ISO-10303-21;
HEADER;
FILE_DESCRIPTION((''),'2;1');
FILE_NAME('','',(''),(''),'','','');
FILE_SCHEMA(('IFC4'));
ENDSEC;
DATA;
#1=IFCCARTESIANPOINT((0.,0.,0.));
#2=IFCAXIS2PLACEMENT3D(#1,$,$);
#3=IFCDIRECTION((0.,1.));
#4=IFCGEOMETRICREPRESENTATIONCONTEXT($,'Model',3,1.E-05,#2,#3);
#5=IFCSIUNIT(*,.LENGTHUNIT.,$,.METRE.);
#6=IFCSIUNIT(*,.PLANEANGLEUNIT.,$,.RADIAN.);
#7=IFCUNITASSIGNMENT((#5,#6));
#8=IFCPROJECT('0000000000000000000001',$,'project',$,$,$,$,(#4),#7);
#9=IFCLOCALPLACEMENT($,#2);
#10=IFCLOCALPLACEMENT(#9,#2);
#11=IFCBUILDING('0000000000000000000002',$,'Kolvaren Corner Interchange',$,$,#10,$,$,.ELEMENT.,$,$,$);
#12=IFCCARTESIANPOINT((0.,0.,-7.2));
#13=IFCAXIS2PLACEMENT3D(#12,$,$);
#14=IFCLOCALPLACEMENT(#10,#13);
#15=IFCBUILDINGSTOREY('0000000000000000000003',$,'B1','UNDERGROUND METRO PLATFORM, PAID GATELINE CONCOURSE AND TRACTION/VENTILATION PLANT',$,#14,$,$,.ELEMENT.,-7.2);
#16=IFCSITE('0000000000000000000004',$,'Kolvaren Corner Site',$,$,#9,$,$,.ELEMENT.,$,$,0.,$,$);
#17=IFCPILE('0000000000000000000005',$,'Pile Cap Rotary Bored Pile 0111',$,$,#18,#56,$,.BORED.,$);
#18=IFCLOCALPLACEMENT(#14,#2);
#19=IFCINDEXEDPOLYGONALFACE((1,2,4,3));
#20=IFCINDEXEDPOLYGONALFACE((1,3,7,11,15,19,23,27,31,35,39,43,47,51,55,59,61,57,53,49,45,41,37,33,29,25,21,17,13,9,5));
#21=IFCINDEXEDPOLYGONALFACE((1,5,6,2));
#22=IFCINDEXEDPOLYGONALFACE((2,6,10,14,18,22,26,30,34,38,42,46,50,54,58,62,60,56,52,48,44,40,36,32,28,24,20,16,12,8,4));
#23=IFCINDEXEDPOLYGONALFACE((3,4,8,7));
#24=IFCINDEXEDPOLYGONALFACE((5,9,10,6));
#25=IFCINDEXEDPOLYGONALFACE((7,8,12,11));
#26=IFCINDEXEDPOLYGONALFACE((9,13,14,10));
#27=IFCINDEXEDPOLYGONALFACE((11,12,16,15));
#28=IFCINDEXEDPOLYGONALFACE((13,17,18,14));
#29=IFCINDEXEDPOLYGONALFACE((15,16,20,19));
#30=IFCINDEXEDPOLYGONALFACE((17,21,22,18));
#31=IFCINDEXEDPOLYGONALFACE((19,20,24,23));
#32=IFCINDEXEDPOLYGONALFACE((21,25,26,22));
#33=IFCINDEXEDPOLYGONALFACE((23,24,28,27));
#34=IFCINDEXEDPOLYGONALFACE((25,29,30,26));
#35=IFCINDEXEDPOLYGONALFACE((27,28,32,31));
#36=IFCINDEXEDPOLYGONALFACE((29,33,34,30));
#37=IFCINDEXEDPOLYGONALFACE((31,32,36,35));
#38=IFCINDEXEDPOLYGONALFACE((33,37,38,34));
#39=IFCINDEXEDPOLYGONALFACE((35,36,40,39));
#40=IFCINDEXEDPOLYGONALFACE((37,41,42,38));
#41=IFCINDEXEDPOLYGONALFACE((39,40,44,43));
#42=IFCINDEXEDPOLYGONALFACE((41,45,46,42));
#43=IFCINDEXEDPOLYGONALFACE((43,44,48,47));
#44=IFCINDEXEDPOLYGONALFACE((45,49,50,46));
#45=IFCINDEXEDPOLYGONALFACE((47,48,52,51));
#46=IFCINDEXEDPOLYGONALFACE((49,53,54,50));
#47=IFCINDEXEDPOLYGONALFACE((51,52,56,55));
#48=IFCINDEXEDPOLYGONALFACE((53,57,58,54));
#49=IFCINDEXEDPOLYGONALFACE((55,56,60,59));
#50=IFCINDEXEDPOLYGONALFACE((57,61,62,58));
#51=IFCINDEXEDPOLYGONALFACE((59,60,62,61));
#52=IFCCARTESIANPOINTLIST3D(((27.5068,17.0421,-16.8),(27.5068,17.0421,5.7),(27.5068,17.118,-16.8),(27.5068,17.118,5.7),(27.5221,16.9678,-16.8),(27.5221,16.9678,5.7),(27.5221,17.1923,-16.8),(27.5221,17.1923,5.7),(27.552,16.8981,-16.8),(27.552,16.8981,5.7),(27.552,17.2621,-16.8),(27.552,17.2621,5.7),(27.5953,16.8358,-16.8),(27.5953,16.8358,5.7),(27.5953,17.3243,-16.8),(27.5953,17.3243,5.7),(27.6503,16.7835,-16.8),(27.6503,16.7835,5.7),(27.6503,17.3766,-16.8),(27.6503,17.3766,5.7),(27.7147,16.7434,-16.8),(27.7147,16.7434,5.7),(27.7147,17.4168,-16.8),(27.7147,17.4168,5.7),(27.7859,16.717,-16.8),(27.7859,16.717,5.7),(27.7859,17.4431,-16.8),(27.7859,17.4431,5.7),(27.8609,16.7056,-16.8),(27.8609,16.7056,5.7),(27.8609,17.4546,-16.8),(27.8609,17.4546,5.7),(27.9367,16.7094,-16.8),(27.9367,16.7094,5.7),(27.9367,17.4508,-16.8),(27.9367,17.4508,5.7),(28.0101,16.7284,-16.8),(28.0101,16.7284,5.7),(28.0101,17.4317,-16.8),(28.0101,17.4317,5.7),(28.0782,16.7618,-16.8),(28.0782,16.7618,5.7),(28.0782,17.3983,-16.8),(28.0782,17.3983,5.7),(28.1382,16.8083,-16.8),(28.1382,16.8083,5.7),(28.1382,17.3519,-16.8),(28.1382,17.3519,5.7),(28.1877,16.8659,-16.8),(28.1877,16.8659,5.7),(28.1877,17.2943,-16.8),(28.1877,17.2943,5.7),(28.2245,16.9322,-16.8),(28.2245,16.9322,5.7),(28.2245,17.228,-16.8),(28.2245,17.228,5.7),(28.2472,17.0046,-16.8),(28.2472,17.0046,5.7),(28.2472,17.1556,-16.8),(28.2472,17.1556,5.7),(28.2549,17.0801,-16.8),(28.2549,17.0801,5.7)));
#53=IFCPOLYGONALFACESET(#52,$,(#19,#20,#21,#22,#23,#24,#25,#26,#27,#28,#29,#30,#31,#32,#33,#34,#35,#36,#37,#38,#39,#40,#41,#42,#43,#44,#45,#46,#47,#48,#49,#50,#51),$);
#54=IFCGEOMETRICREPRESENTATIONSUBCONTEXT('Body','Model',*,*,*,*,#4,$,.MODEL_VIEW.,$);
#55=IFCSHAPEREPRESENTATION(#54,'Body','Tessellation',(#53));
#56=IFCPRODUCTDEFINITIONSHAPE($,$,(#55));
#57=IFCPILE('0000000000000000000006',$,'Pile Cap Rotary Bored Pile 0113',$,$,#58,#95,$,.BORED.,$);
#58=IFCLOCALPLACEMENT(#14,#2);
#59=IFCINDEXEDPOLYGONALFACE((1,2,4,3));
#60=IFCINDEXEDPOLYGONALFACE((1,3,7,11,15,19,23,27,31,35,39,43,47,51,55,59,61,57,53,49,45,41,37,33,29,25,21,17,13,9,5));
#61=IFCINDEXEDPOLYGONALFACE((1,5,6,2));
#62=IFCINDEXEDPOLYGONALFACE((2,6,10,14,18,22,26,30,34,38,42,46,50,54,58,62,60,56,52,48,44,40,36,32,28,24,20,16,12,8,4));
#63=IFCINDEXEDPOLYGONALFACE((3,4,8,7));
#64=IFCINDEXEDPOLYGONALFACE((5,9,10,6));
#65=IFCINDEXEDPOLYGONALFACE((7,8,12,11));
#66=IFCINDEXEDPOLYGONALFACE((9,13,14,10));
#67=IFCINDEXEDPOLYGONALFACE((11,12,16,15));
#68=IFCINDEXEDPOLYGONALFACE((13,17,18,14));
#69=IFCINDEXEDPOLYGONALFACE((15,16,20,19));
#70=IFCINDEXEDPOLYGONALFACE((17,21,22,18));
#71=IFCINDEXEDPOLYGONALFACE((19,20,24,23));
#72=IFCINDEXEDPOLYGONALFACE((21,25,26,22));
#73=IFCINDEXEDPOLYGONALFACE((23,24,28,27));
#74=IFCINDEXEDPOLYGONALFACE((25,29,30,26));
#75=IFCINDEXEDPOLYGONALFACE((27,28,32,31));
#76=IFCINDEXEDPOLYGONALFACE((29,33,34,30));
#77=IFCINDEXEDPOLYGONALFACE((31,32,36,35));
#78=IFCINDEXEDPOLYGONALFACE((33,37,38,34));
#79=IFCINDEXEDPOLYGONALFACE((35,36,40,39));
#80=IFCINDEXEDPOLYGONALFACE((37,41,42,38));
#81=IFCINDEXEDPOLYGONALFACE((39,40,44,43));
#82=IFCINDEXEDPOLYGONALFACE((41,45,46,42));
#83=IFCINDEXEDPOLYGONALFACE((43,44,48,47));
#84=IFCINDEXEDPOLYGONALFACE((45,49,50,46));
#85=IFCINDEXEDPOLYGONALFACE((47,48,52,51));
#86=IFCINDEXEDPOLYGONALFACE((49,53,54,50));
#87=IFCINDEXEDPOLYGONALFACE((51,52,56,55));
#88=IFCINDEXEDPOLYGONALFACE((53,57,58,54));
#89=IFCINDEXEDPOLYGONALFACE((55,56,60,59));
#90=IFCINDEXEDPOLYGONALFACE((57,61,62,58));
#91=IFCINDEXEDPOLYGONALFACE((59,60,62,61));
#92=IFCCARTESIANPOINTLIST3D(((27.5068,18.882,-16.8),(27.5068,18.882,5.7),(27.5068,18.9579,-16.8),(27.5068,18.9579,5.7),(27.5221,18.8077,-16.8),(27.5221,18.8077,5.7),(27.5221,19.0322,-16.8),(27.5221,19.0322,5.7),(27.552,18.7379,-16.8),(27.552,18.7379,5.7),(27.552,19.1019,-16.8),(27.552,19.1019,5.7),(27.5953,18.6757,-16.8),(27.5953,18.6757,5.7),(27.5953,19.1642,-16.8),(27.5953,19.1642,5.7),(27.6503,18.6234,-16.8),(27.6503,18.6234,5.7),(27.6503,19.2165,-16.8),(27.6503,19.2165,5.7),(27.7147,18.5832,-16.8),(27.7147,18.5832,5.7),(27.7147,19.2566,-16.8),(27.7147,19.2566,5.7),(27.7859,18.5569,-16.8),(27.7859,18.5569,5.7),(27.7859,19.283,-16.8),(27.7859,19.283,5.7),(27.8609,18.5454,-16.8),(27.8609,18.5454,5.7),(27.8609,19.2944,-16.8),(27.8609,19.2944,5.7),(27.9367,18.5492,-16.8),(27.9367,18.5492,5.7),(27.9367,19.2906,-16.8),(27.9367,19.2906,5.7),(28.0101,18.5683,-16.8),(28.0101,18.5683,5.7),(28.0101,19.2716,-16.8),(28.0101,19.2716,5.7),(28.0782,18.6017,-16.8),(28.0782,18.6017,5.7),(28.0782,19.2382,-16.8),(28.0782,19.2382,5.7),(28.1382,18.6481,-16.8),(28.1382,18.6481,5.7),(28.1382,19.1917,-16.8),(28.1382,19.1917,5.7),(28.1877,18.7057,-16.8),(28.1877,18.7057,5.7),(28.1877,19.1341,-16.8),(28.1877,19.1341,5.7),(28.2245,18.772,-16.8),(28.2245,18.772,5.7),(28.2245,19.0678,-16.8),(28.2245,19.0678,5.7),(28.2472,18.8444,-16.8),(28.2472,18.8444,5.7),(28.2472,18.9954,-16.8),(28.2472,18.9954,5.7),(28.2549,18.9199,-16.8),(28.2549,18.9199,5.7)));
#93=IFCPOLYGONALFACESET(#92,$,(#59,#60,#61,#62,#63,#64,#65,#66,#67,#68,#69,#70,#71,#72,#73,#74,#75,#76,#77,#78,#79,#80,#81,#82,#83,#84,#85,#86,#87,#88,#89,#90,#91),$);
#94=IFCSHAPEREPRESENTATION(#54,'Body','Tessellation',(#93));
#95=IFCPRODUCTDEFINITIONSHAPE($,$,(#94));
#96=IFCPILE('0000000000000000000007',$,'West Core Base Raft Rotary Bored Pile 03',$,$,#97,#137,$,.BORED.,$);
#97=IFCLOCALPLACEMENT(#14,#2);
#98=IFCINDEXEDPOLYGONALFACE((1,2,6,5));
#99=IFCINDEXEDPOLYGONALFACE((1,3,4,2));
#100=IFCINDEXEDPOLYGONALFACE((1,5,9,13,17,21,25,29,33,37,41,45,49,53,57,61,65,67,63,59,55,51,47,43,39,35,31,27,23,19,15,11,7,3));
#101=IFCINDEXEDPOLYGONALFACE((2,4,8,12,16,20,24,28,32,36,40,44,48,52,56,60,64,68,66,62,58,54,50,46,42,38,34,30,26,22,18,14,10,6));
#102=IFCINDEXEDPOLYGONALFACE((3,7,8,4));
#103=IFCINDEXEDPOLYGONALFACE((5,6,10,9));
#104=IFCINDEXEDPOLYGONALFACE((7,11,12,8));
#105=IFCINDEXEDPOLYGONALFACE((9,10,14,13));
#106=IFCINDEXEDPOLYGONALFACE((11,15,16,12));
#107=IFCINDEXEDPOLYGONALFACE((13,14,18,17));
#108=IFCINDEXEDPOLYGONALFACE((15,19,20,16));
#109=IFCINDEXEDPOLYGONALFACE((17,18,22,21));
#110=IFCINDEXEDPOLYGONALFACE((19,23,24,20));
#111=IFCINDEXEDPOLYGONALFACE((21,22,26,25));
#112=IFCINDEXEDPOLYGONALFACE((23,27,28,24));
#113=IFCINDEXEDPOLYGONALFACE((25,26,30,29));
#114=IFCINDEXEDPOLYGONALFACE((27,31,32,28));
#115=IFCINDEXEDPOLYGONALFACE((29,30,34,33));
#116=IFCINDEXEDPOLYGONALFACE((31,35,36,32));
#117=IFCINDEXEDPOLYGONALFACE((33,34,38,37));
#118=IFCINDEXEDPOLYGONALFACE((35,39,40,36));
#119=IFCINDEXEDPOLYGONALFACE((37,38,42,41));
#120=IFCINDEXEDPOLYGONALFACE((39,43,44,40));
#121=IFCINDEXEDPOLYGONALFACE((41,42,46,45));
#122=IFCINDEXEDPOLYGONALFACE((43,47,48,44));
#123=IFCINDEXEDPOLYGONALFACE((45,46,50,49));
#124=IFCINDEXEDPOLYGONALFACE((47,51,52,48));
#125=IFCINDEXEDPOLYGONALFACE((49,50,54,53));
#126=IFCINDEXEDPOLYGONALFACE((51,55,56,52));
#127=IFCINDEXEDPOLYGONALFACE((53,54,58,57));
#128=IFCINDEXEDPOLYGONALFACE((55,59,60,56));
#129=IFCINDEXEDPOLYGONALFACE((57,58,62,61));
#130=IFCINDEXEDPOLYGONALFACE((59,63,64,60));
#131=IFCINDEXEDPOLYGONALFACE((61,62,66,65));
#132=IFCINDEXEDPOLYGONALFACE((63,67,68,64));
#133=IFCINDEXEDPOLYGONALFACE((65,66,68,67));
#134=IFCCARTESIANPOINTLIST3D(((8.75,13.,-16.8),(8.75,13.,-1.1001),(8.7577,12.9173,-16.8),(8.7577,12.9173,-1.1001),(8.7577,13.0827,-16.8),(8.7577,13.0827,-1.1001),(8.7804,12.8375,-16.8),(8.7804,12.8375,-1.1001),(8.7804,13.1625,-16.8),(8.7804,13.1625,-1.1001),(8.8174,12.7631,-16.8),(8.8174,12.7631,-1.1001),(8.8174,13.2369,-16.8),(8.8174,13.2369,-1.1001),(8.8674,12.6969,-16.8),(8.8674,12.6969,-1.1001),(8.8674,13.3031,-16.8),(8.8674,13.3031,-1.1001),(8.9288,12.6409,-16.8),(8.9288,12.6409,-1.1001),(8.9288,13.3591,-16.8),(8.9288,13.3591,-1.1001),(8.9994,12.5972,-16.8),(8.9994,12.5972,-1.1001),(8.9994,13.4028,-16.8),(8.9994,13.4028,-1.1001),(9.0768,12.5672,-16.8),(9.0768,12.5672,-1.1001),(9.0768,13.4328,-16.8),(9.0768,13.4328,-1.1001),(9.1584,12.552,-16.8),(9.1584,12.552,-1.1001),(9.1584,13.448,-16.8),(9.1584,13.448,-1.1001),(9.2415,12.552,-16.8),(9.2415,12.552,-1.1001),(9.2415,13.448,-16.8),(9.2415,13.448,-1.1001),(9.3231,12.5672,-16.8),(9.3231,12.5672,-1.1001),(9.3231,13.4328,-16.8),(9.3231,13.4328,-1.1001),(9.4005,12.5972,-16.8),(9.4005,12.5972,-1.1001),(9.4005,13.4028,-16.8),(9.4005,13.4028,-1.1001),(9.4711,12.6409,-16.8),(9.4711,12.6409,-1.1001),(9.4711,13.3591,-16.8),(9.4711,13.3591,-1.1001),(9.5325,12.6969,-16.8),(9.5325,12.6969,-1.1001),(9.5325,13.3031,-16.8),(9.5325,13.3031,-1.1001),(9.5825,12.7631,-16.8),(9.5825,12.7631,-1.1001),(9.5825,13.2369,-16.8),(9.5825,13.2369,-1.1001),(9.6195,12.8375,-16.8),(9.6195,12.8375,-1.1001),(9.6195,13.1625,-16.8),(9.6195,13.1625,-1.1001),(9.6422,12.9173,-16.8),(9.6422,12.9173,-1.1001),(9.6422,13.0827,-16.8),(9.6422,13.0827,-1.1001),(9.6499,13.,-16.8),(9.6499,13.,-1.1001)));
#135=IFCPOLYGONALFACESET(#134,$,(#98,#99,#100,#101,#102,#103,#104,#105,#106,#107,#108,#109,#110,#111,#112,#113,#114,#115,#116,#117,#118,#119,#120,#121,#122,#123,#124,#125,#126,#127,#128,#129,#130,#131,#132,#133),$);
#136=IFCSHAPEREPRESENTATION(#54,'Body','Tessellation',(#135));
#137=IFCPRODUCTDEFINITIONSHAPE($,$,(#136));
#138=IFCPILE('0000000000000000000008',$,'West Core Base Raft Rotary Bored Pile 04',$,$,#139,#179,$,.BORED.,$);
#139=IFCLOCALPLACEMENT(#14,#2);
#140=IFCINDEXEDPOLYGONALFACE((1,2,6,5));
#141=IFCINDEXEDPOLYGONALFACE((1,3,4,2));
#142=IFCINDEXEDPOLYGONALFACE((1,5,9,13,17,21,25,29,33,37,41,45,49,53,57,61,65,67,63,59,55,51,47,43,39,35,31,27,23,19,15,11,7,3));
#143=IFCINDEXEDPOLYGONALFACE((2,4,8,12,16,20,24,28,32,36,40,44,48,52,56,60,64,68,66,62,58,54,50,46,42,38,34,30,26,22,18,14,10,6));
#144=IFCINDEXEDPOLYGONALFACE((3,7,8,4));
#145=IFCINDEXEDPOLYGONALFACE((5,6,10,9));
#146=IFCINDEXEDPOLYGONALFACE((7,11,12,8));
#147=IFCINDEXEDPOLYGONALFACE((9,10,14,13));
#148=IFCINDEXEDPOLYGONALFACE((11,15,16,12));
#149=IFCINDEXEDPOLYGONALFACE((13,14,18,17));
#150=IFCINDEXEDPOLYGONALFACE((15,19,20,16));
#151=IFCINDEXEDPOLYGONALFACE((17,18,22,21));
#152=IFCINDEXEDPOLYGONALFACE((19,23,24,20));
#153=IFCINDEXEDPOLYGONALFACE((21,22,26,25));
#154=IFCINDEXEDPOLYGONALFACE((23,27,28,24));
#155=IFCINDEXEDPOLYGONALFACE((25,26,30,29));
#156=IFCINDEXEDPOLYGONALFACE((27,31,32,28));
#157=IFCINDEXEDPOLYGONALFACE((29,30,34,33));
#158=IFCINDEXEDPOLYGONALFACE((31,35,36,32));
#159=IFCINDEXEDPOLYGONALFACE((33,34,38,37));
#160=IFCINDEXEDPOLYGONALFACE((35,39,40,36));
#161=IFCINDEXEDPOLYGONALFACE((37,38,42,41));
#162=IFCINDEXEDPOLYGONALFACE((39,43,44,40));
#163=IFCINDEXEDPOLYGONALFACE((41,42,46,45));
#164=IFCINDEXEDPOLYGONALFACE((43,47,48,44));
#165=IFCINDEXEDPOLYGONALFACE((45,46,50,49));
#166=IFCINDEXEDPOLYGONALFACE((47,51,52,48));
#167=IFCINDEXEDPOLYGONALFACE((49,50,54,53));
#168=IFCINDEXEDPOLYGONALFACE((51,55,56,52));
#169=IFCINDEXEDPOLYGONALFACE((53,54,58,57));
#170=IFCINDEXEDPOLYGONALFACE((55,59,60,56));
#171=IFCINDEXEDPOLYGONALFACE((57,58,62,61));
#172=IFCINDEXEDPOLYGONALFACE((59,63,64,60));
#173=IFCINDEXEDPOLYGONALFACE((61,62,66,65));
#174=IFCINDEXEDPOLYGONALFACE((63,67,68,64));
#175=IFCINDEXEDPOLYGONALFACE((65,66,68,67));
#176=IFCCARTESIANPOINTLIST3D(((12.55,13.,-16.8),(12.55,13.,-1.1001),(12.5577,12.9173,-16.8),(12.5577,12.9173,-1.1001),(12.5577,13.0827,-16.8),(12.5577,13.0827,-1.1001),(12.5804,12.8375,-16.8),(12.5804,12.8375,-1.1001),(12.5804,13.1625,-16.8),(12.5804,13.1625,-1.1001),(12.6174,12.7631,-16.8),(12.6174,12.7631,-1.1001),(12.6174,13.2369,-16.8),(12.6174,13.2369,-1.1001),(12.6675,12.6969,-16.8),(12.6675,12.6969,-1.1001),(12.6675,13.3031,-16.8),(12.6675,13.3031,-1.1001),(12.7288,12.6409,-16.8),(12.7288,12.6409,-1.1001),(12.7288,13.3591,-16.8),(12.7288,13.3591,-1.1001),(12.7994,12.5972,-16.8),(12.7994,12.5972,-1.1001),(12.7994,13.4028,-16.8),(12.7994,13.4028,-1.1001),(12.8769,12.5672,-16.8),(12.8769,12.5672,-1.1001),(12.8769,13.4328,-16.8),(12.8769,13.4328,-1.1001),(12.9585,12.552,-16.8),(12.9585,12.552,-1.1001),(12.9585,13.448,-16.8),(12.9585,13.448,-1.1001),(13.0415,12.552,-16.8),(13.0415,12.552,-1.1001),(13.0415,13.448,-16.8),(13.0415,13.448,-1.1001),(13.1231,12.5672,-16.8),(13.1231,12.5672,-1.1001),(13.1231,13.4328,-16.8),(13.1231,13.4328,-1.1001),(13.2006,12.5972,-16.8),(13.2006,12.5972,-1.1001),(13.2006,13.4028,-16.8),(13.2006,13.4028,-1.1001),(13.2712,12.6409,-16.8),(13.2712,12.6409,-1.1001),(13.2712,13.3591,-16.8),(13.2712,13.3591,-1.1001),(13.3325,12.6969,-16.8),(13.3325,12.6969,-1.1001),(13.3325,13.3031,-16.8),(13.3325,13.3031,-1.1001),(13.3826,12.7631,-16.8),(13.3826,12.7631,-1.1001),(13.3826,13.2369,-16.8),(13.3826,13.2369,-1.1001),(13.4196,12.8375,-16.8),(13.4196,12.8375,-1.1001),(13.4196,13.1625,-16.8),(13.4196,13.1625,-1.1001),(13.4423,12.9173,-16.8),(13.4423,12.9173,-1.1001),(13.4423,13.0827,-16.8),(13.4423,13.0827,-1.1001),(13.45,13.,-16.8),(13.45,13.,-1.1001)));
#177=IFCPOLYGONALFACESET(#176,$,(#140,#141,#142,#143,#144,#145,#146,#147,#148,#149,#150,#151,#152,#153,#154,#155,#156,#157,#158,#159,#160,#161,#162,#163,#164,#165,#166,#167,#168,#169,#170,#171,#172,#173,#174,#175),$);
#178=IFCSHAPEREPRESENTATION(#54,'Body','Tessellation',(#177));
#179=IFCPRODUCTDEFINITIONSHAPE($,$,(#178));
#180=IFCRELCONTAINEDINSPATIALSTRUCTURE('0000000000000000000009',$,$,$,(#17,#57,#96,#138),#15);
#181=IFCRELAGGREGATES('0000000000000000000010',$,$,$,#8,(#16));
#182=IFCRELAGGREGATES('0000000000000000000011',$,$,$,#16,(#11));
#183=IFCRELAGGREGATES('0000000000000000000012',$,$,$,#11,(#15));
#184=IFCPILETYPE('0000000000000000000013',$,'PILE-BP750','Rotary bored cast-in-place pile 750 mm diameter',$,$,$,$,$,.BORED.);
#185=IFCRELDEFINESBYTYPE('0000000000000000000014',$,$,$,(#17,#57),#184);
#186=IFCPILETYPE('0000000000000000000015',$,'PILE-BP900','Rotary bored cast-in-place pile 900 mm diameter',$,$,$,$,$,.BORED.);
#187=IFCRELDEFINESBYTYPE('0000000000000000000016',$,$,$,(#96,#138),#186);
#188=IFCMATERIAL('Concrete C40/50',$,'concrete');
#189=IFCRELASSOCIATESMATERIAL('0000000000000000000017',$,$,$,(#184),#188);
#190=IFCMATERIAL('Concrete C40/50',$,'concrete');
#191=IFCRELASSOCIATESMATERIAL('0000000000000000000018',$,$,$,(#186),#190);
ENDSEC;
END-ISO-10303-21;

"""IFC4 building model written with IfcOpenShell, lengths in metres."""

from ifc_helpers import new_model, si_unit, direction, frame, origin, origin_2d, place, context, subcontext, project, spatial, circle, extrude, material, material_profile, profile_set, type_object, element, save


model = new_model("IFC4")

# Units and contexts
model_context = context("Model", 3, precision=1e-05, world=origin(), true_north=direction((0.0, 1.0)))
body_context = subcontext(model_context, "Body", "Model", "MODEL_VIEW")
ifc_project = project(units=[si_unit("LENGTHUNIT", "METRE"), si_unit("PLANEANGLEUNIT", "RADIAN")], contexts=[model_context])

# Site, building, storey
site_placement = place(None, origin())
site = spatial("IfcSite", under=ifc_project, at=site_placement, Name="Kolvaren Corner Site", CompositionType="ELEMENT", RefElevation=0.0)
building_placement = place(site_placement, origin())
building = spatial("IfcBuilding", under=site, at=building_placement, Name="Kolvaren Corner Interchange", CompositionType="ELEMENT")
storey_placement = place(building_placement, frame((0.0, 0.0, -7.2)))
storey = spatial("IfcBuildingStorey", under=building, at=storey_placement, Name="B1", Description="UNDERGROUND METRO PLATFORM, PAID GATELINE CONCOURSE AND TRACTION/VENTILATION PLANT", CompositionType="ELEMENT", Elevation=-7.2)

# Piles
ifc_material_1 = material(Name="Concrete C40/50", Category="concrete")
ifc_material_profile_1 = material_profile(ifc_material_1, circle(Radius=0.375, at=origin_2d()), Name="BORED PILE 750")
ifc_profile_set_1 = profile_set([ifc_material_profile_1], Name="Concrete C40/50")
pile_type_1 = type_object("IfcPileType", Name="PILE-BP750", Description="Rotary bored cast-in-place pile 750 mm diameter", PredefinedType="BORED", material=ifc_profile_set_1)
for number, where, z_axis, x_axis, name in (
    (1, (27.8799, 17.0801, 5.7), (0.0, 0.0, -1.0), (1.0, 0.0, 0.0), "Pile Cap Rotary Bored Pile 0111"),
    (2, (27.8799, 18.9199, 5.7), (0.0, 0.0, -1.0), (1.0, 0.0, 0.0), "Pile Cap Rotary Bored Pile 0113"),
):
    element("IfcPile", number, at=place(storey_placement, frame(where, z_axis=z_axis, x_axis=x_axis)), inside=storey, type_object=pile_type_1, Name=name, PredefinedType="BORED", context=body_context, shape_type="SweptSolid", body=[
        extrude(circle(Radius=0.375, at=origin_2d()), origin(), (0.0, 0.0, 1.0), 22.5),
    ])
ifc_material_2 = material(Name="Concrete C40/50", Category="concrete")
ifc_material_profile_2 = material_profile(ifc_material_2, circle(Radius=0.45, at=origin_2d()), Name="BORED PILE 900")
ifc_profile_set_2 = profile_set([ifc_material_profile_2], Name="Concrete C40/50")
pile_type_2 = type_object("IfcPileType", Name="PILE-BP900", Description="Rotary bored cast-in-place pile 900 mm diameter", PredefinedType="BORED", material=ifc_profile_set_2)
for number, where, z_axis, x_axis, name in (
    (3, (9.2, 13.0, -1.1001), (0.0, 0.0, -1.0), (1.0, 0.0, 0.0), "West Core Base Raft Rotary Bored Pile 03"),
    (4, (13.0, 13.0, -1.1001), (0.0, 0.0, -1.0), (1.0, 0.0, 0.0), "West Core Base Raft Rotary Bored Pile 04"),
):
    element("IfcPile", number, at=place(storey_placement, frame(where, z_axis=z_axis, x_axis=x_axis)), inside=storey, type_object=pile_type_2, Name=name, PredefinedType="BORED", context=body_context, shape_type="SweptSolid", body=[
        extrude(circle(Radius=0.45, at=origin_2d()), origin(), (0.0, 0.0, 1.0), 15.7),
    ])

save(model, "model.ifc")
